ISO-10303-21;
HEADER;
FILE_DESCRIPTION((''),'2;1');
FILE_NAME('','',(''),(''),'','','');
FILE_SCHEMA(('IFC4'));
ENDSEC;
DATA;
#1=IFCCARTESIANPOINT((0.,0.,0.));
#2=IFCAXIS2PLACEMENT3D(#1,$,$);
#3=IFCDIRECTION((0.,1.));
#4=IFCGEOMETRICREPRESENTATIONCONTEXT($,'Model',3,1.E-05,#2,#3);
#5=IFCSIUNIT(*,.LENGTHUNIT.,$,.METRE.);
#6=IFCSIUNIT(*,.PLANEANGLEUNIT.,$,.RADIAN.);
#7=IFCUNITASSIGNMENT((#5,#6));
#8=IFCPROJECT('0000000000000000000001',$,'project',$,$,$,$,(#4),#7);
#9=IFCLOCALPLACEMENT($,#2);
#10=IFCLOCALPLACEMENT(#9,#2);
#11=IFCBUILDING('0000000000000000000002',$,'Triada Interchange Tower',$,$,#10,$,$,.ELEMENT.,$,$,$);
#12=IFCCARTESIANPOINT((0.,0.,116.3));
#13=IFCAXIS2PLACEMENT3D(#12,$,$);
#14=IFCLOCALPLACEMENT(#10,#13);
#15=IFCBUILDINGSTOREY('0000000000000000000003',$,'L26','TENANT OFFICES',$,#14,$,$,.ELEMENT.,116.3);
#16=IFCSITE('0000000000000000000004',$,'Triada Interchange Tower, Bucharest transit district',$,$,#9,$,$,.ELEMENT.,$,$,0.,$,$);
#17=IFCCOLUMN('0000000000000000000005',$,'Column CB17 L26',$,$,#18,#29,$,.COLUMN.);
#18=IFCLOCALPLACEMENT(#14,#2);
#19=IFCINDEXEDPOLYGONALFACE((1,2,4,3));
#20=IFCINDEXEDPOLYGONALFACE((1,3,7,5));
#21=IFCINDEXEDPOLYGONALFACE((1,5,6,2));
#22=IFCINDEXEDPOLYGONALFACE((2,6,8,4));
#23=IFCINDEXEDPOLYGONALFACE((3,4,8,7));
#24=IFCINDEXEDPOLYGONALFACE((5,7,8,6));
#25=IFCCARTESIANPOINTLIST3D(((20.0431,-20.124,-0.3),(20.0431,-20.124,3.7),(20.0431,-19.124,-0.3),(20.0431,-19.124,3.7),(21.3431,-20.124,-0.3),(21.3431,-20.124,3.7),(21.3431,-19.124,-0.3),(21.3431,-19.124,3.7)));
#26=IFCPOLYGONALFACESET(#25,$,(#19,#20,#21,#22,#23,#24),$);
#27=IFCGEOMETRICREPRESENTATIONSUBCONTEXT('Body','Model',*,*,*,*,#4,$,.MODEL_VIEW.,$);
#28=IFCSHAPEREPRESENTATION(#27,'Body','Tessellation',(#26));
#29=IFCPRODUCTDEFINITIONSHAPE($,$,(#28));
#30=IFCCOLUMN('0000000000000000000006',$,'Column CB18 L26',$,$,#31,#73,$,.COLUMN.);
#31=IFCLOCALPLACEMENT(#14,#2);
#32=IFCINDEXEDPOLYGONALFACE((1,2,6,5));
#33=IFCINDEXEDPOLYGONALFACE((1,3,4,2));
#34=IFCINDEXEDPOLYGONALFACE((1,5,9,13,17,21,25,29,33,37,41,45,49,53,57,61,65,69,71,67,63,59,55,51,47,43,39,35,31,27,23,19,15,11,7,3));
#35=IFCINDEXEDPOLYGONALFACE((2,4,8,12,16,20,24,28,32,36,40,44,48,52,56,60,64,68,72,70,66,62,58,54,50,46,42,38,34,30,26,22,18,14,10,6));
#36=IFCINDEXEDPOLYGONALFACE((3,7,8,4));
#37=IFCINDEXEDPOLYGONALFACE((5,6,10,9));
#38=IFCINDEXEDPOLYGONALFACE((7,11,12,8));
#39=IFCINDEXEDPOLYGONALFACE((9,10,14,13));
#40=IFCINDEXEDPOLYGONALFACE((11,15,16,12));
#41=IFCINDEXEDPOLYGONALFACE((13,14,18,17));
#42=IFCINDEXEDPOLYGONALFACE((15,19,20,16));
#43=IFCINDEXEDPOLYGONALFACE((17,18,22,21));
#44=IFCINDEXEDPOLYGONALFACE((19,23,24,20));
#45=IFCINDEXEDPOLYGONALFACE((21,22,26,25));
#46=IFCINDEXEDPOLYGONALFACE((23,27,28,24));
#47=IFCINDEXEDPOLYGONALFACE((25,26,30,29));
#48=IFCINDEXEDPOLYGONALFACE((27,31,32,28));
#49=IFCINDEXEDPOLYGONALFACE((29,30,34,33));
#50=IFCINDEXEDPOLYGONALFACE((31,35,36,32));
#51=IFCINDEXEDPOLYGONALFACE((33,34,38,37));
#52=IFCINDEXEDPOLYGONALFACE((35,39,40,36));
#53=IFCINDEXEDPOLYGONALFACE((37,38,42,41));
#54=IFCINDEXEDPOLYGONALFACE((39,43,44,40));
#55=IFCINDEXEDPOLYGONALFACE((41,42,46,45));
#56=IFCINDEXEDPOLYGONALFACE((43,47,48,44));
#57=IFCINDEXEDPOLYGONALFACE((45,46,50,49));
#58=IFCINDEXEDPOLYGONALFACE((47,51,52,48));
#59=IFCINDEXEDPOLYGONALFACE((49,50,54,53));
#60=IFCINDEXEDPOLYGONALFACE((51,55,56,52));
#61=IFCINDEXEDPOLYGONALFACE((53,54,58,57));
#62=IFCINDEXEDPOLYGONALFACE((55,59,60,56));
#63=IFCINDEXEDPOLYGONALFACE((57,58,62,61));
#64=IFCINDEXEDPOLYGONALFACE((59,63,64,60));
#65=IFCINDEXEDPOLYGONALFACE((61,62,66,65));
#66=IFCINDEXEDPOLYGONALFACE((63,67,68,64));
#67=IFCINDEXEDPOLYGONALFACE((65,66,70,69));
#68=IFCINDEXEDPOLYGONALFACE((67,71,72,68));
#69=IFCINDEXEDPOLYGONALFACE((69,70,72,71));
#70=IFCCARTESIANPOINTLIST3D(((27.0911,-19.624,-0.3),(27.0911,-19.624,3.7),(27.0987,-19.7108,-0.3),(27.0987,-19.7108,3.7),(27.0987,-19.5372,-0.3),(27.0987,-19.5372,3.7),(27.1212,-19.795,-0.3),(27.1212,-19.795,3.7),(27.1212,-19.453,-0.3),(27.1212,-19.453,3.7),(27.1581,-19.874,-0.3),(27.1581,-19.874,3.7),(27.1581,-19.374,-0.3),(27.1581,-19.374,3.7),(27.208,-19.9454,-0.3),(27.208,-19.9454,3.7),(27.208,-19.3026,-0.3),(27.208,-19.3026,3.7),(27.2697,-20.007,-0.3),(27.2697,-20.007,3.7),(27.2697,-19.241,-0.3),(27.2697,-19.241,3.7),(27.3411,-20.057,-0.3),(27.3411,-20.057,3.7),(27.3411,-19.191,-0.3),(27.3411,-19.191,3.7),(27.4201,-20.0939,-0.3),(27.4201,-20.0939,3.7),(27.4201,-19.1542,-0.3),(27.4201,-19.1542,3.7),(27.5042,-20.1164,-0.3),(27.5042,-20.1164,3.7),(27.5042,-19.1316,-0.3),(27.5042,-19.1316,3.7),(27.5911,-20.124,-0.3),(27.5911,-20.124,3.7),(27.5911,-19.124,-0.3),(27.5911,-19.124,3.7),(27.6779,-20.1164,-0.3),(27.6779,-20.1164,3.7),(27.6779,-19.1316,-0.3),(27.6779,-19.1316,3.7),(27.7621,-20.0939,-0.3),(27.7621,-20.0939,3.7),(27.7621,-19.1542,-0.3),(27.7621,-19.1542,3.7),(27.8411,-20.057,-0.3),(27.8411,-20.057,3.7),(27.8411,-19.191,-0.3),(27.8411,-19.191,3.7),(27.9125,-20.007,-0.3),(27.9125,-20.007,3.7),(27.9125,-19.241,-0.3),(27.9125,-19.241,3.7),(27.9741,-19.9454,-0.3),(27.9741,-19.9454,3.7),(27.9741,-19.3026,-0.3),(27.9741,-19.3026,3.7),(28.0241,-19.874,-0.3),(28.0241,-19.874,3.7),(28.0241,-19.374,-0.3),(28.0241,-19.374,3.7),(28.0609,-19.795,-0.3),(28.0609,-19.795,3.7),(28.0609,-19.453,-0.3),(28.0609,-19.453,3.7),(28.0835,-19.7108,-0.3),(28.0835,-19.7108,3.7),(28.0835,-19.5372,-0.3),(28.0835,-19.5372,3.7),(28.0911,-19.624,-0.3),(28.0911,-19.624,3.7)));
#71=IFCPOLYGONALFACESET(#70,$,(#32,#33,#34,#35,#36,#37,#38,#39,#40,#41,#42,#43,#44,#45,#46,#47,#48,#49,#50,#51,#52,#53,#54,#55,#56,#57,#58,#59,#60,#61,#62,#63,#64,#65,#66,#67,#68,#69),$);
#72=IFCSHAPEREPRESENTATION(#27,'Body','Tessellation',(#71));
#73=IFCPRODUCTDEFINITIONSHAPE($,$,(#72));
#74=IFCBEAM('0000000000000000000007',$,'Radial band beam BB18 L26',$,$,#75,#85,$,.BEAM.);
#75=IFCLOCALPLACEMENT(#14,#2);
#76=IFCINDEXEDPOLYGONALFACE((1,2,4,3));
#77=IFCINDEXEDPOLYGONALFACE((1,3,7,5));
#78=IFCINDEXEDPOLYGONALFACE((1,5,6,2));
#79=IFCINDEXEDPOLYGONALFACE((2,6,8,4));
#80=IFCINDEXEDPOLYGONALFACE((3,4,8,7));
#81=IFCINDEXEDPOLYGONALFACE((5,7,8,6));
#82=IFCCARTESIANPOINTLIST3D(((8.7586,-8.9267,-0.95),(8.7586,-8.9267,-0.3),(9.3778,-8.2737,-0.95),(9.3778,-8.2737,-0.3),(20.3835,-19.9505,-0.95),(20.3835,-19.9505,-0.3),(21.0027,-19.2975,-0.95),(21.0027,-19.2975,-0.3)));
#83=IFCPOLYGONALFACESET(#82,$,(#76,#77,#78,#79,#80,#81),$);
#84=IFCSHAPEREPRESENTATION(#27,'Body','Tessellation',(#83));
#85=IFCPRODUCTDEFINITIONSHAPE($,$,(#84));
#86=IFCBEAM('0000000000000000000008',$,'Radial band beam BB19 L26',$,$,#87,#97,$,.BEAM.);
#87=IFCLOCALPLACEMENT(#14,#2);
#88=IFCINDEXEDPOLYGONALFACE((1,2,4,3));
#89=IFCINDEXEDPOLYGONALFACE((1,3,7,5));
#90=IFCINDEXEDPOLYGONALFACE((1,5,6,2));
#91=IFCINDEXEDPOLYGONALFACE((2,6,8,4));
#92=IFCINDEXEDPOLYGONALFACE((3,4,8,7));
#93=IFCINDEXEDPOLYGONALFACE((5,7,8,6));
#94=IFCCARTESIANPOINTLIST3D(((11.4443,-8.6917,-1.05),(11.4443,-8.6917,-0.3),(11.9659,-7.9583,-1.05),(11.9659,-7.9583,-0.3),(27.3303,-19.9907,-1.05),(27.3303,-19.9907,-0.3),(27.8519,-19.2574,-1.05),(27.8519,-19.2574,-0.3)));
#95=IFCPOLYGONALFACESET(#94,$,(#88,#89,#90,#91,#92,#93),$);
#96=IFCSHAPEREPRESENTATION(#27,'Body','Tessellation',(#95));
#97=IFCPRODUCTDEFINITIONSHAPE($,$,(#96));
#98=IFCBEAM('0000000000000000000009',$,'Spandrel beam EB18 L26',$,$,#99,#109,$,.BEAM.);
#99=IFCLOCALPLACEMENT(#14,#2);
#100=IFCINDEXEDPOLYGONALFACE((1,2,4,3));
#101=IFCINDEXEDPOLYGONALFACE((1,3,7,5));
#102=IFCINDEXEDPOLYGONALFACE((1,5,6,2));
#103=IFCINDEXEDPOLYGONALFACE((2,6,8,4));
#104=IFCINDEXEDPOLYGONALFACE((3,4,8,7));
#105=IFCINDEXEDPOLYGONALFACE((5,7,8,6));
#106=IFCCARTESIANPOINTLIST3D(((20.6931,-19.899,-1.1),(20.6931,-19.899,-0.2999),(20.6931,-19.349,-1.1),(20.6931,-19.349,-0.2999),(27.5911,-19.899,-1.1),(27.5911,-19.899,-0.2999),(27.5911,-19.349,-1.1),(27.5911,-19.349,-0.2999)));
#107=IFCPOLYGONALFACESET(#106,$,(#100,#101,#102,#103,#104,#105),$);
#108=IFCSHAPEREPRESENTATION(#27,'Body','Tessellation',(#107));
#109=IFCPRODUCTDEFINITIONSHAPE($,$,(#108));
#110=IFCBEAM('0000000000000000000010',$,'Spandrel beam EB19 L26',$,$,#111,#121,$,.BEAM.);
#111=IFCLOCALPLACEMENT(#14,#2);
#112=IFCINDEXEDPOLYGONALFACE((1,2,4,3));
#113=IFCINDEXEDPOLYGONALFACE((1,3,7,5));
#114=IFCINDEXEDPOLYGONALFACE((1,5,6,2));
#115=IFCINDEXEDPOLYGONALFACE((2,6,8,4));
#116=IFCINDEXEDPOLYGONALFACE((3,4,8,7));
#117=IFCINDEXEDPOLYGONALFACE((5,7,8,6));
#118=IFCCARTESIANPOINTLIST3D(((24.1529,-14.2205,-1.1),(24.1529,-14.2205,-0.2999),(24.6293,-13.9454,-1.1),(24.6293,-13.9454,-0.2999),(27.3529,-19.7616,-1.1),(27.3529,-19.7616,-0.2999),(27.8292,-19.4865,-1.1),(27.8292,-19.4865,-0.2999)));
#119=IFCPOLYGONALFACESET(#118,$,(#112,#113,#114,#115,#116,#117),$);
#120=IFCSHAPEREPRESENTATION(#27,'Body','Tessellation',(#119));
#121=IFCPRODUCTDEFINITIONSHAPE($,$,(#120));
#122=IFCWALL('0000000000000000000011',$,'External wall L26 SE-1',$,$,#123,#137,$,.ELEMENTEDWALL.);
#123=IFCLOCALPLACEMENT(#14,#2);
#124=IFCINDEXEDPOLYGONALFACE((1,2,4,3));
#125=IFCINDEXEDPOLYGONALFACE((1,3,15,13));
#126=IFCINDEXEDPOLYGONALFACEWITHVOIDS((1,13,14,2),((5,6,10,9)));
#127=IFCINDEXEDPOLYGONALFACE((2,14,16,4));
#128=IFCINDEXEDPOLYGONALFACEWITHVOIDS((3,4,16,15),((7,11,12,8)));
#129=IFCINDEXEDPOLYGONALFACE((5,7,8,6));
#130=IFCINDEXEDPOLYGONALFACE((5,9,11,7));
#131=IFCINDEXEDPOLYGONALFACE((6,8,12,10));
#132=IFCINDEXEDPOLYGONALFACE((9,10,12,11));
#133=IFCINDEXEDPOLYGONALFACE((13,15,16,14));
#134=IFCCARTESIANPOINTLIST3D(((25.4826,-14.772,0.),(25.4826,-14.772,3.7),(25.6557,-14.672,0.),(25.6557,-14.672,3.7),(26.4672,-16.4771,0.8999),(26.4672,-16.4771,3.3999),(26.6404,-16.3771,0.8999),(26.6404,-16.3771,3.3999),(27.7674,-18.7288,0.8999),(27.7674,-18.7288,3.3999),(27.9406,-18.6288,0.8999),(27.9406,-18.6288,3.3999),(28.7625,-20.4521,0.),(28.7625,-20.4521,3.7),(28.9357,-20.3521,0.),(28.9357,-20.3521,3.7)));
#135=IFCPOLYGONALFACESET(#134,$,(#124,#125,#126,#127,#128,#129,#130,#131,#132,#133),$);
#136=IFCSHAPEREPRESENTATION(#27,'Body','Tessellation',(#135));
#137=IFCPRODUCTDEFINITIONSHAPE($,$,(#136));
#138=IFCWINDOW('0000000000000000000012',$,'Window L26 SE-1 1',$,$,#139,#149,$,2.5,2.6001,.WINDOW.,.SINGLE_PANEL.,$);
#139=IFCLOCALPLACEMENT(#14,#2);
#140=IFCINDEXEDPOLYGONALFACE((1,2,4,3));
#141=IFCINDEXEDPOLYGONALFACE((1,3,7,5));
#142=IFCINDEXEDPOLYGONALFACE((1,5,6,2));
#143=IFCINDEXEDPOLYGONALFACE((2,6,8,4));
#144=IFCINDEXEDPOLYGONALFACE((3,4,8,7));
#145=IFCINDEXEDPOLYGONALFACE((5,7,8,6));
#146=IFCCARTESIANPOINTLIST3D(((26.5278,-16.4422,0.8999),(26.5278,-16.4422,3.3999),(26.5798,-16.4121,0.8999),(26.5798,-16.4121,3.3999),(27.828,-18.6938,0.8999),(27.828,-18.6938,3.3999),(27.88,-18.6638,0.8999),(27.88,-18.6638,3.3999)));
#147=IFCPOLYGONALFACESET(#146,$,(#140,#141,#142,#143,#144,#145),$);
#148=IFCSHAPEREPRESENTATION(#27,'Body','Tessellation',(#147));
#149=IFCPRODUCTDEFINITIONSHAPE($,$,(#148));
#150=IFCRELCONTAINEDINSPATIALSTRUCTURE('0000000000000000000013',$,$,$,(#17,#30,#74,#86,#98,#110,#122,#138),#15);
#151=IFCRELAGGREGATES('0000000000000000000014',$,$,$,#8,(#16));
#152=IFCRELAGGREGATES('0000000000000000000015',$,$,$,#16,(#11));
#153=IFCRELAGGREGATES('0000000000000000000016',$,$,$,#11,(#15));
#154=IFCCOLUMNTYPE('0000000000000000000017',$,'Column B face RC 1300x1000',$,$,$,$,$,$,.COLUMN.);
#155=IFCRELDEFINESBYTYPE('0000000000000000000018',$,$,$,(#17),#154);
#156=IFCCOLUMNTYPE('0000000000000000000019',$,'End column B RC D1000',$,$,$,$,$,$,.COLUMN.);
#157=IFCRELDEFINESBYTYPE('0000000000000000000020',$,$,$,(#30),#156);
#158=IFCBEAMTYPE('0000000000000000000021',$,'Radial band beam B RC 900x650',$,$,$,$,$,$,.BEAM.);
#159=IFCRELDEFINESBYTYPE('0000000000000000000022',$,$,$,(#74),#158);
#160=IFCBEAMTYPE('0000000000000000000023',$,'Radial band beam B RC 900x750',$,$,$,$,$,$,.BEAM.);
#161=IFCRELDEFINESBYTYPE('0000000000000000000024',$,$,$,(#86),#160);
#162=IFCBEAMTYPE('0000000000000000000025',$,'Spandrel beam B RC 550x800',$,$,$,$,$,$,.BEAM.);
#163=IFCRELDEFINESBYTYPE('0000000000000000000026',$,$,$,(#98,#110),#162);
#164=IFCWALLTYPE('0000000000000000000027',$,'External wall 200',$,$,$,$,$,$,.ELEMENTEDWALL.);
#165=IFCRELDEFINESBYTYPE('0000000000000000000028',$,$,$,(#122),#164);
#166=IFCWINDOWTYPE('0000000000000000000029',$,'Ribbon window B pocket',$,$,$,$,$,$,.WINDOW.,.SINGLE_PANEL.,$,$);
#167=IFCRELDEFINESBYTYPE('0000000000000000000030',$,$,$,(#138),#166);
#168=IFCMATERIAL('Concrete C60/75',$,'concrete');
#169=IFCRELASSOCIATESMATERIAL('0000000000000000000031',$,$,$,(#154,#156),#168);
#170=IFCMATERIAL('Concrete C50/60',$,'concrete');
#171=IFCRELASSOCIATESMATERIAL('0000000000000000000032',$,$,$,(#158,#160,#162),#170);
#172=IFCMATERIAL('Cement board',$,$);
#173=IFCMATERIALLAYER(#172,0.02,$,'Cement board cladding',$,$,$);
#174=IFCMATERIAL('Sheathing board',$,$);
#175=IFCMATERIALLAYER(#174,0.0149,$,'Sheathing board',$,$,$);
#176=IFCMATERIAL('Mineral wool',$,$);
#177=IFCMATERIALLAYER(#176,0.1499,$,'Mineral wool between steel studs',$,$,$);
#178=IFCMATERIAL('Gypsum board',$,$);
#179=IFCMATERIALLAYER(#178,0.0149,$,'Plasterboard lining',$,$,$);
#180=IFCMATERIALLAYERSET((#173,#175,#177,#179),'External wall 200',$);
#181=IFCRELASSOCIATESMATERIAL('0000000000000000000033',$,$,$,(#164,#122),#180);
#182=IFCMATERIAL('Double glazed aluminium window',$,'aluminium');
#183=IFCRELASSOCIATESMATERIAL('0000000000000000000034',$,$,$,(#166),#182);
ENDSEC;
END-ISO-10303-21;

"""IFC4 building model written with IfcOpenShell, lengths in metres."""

from ifc_helpers import new_model, si_unit, direction, frame, frame_2d, origin, origin_2d, place, context, subcontext, project, spatial, rectangle, circle, extrude, material, layer, layer_set, layer_usage, material_profile, profile_set, type_object, element, fill, save


model = new_model("IFC4")

# Units and contexts
model_context = context("Model", 3, precision=1e-05, world=origin(), true_north=direction((0.0, 1.0)))
body_context = subcontext(model_context, "Body", "Model", "MODEL_VIEW")
ifc_project = project(units=[si_unit("LENGTHUNIT", "METRE"), si_unit("PLANEANGLEUNIT", "RADIAN")], contexts=[model_context])

# Site, building, storey
site_placement = place(None, origin())
site = spatial("IfcSite", under=ifc_project, at=site_placement, Name="Triada Interchange Tower, Bucharest transit district", CompositionType="ELEMENT", RefElevation=0.0)
building_placement = place(site_placement, origin())
building = spatial("IfcBuilding", under=site, at=building_placement, Name="Triada Interchange Tower", CompositionType="ELEMENT")
storey_placement = place(building_placement, frame((0.0, 0.0, 116.3)))
storey = spatial("IfcBuildingStorey", under=building, at=storey_placement, Name="L26", Description="TENANT OFFICES", CompositionType="ELEMENT", Elevation=116.3)

# Columns
ifc_material_1 = material(Name="Concrete C60/75", Category="concrete")
ifc_material_profile_1 = material_profile(ifc_material_1, rectangle(XDim=1.3, YDim=1.0, at=origin_2d()), Name="RC 1300x1000")
ifc_profile_set_1 = profile_set([ifc_material_profile_1], Name="Concrete C60/75")
column_type_1 = type_object("IfcColumnType", Name="Column B face RC 1300x1000", PredefinedType="COLUMN", material=ifc_profile_set_1)
column_1_placement = place(storey_placement, frame((20.6931, -19.624, -0.3), z_axis=(0.0, 0.0, 1.0), x_axis=(1.0, 0.0, 0.0)))
element("IfcColumn", 1, at=column_1_placement, inside=storey, type_object=column_type_1, Name="Column CB17 L26", PredefinedType="COLUMN", context=body_context, shape_type="SweptSolid", body=[
    extrude(rectangle(XDim=1.3, YDim=1.0, at=origin_2d()), origin(), (0.0, 0.0, 1.0), 4.0),
])
ifc_material_profile_2 = material_profile(ifc_material_1, circle(Radius=0.5, at=origin_2d()), Name="RC D1000")
ifc_profile_set_2 = profile_set([ifc_material_profile_2], Name="Concrete C60/75")
column_type_2 = type_object("IfcColumnType", Name="End column B RC D1000", PredefinedType="COLUMN", material=ifc_profile_set_2)
column_2_placement = place(storey_placement, frame((27.5911, -19.624, -0.3), z_axis=(0.0, 0.0, 1.0), x_axis=(1.0, 0.0, 0.0)))
element("IfcColumn", 2, at=column_2_placement, inside=storey, type_object=column_type_2, Name="Column CB18 L26", PredefinedType="COLUMN", context=body_context, shape_type="SweptSolid", body=[
    extrude(circle(Radius=0.5, at=origin_2d()), origin(), (0.0, 0.0, 1.0), 4.0),
])

# Beams
ifc_material_2 = material(Name="Concrete C50/60", Category="concrete")
ifc_material_profile_3 = material_profile(ifc_material_2, rectangle(XDim=0.8999, YDim=0.6499, at=origin_2d()), Name="RC 900x650")
ifc_profile_set_3 = profile_set([ifc_material_profile_3], Name="Concrete C50/60")
beam_type_1 = type_object("IfcBeamType", Name="Radial band beam B RC 900x650", PredefinedType="BEAM", material=ifc_profile_set_3)
beam_1_placement = place(storey_placement, frame((20.6931, -19.624, -0.625), z_axis=(-0.725617, 0.688099, 0.0), x_axis=(-0.688099, -0.725617, 0.0)))
element("IfcBeam", 3, at=beam_1_placement, inside=storey, type_object=beam_type_1, Name="Radial band beam BB18 L26", PredefinedType="BEAM", context=body_context, shape_type="SweptSolid", body=[
    extrude(rectangle(XDim=0.8999, YDim=0.6499, at=origin_2d()), origin(), (0.0, 0.0, 1.0), 16.0208),
])
ifc_material_profile_4 = material_profile(ifc_material_2, rectangle(XDim=0.8999, YDim=0.75, at=origin_2d()), Name="RC 900x750")
ifc_profile_set_4 = profile_set([ifc_material_profile_4], Name="Concrete C50/60")
beam_type_2 = type_object("IfcBeamType", Name="Radial band beam B RC 900x750", PredefinedType="BEAM", material=ifc_profile_set_4)
beam_2_placement = place(storey_placement, frame((27.5911, -19.624, -0.675), z_axis=(-0.814898, 0.579605, 0.0), x_axis=(-0.579605, -0.814898, 0.0)))
element("IfcBeam", 4, at=beam_2_placement, inside=storey, type_object=beam_type_2, Name="Radial band beam BB19 L26", PredefinedType="BEAM", context=body_context, shape_type="SweptSolid", body=[
    extrude(rectangle(XDim=0.8999, YDim=0.75, at=origin_2d()), origin(), (0.0, 0.0, 1.0), 19.4944),
])
ifc_material_profile_5 = material_profile(ifc_material_2, rectangle(XDim=0.55, YDim=0.8, at=origin_2d()), Name="RC 550x800")
ifc_profile_set_5 = profile_set([ifc_material_profile_5], Name="Concrete C50/60")
beam_type_3 = type_object("IfcBeamType", Name="Spandrel beam B RC 550x800", PredefinedType="BEAM", material=ifc_profile_set_5)
beam_3_placement = place(storey_placement, frame((20.6931, -19.624, -0.7), z_axis=(1.0, 0.0, 0.0), x_axis=(0.0, 1.0, 0.0)))
element("IfcBeam", 5, at=beam_3_placement, inside=storey, type_object=beam_type_3, Name="Spandrel beam EB18 L26", PredefinedType="BEAM", context=body_context, shape_type="SweptSolid", body=[
    extrude(rectangle(XDim=0.55, YDim=0.8, at=origin_2d()), origin(), (0.0, 0.0, 1.0), 6.8979),
])
beam_4_placement = place(storey_placement, frame((27.5911, -19.624, -0.7), z_axis=(-0.500099, 0.865968, 0.0), x_axis=(-0.865968, -0.500099, 0.0)))
element("IfcBeam", 6, at=beam_4_placement, inside=storey, type_object=beam_type_3, Name="Spandrel beam EB19 L26", PredefinedType="BEAM", context=body_context, shape_type="SweptSolid", body=[
    extrude(rectangle(XDim=0.55, YDim=0.8, at=origin_2d()), origin(), (0.0, 0.0, 1.0), 6.3987),
])

# Wall, opening, window
ifc_material_3 = material(Name="Cement board")
ifc_layer_1 = layer(ifc_material_3, 0.02, Name="Cement board cladding")
ifc_material_4 = material(Name="Sheathing board")
ifc_layer_2 = layer(ifc_material_4, 0.0149, Name="Sheathing board")
ifc_material_5 = material(Name="Mineral wool")
ifc_layer_3 = layer(ifc_material_5, 0.1499, Name="Mineral wool between steel studs")
ifc_material_6 = material(Name="Gypsum board")
ifc_layer_4 = layer(ifc_material_6, 0.0149, Name="Plasterboard lining")
ifc_layer_set_1 = layer_set([ifc_layer_1, ifc_layer_2, ifc_layer_3, ifc_layer_4], Name="External wall 200")
ifc_layer_usage = layer_usage(ifc_layer_set_1, "AXIS2", "POSITIVE", -0.1001)
wall_type_1 = type_object("IfcWallType", Name="External wall 200", PredefinedType="ELEMENTEDWALL", material=ifc_layer_set_1)
wall_1_placement = place(storey_placement, frame((28.8491, -20.4021, 0.0), z_axis=(0.0, 0.0, 1.0), x_axis=(-0.500066, 0.865987, 0.0)))
wall_1 = element("IfcWall", 7, at=wall_1_placement, inside=storey, type_object=wall_type_1, material=ifc_layer_usage, Name="External wall L26 SE-1", PredefinedType="ELEMENTEDWALL", context=body_context, shape_type="SweptSolid", body=[
    extrude(rectangle(XDim=6.5591, YDim=0.2, at=frame_2d((3.2795, 0.0))), origin(), (0.0, 0.0, 1.0), 3.7),
])
opening_1_placement = place(wall_1_placement, frame((1.99, 0.0, 0.8999)))
opening_1 = element("IfcOpeningElement", 8, at=opening_1_placement, cuts=wall_1, PredefinedType="OPENING", context=body_context, shape_type="SweptSolid", body=[
    extrude(rectangle(XDim=2.6001, YDim=2.5, at=frame_2d((1.3, 1.25))), frame((0.0, 0.1099, 0.0), z_axis=(0.0, -1.0, 0.0), x_axis=(1.0, 0.0, 0.0)), (0.0, 0.0, 1.0), 0.22),
])
ifc_material_7 = material(Name="Double glazed aluminium window", Category="aluminium")
window_type_1 = type_object("IfcWindowType", Name="Ribbon window B pocket", PartitioningType="SINGLE_PANEL", PredefinedType="WINDOW", material=ifc_material_7)
window_1_placement = place(opening_1_placement, origin())
window_1 = element("IfcWindow", 9, at=window_1_placement, inside=storey, type_object=window_type_1, Name="Window L26 SE-1 1", OverallHeight=2.5, OverallWidth=2.6001, PartitioningType="SINGLE_PANEL", PredefinedType="WINDOW", context=body_context, shape_type="SweptSolid", body=[
    extrude(rectangle(XDim=2.6001, YDim=2.5, at=frame_2d((1.3, 1.25))), frame((0.0, 0.03, 0.0), z_axis=(0.0, -1.0, 0.0), x_axis=(1.0, 0.0, 0.0)), (0.0, 0.0, 1.0), 0.0601),
])
fill(opening_1, window_1)

save(model, "model.ifc")
